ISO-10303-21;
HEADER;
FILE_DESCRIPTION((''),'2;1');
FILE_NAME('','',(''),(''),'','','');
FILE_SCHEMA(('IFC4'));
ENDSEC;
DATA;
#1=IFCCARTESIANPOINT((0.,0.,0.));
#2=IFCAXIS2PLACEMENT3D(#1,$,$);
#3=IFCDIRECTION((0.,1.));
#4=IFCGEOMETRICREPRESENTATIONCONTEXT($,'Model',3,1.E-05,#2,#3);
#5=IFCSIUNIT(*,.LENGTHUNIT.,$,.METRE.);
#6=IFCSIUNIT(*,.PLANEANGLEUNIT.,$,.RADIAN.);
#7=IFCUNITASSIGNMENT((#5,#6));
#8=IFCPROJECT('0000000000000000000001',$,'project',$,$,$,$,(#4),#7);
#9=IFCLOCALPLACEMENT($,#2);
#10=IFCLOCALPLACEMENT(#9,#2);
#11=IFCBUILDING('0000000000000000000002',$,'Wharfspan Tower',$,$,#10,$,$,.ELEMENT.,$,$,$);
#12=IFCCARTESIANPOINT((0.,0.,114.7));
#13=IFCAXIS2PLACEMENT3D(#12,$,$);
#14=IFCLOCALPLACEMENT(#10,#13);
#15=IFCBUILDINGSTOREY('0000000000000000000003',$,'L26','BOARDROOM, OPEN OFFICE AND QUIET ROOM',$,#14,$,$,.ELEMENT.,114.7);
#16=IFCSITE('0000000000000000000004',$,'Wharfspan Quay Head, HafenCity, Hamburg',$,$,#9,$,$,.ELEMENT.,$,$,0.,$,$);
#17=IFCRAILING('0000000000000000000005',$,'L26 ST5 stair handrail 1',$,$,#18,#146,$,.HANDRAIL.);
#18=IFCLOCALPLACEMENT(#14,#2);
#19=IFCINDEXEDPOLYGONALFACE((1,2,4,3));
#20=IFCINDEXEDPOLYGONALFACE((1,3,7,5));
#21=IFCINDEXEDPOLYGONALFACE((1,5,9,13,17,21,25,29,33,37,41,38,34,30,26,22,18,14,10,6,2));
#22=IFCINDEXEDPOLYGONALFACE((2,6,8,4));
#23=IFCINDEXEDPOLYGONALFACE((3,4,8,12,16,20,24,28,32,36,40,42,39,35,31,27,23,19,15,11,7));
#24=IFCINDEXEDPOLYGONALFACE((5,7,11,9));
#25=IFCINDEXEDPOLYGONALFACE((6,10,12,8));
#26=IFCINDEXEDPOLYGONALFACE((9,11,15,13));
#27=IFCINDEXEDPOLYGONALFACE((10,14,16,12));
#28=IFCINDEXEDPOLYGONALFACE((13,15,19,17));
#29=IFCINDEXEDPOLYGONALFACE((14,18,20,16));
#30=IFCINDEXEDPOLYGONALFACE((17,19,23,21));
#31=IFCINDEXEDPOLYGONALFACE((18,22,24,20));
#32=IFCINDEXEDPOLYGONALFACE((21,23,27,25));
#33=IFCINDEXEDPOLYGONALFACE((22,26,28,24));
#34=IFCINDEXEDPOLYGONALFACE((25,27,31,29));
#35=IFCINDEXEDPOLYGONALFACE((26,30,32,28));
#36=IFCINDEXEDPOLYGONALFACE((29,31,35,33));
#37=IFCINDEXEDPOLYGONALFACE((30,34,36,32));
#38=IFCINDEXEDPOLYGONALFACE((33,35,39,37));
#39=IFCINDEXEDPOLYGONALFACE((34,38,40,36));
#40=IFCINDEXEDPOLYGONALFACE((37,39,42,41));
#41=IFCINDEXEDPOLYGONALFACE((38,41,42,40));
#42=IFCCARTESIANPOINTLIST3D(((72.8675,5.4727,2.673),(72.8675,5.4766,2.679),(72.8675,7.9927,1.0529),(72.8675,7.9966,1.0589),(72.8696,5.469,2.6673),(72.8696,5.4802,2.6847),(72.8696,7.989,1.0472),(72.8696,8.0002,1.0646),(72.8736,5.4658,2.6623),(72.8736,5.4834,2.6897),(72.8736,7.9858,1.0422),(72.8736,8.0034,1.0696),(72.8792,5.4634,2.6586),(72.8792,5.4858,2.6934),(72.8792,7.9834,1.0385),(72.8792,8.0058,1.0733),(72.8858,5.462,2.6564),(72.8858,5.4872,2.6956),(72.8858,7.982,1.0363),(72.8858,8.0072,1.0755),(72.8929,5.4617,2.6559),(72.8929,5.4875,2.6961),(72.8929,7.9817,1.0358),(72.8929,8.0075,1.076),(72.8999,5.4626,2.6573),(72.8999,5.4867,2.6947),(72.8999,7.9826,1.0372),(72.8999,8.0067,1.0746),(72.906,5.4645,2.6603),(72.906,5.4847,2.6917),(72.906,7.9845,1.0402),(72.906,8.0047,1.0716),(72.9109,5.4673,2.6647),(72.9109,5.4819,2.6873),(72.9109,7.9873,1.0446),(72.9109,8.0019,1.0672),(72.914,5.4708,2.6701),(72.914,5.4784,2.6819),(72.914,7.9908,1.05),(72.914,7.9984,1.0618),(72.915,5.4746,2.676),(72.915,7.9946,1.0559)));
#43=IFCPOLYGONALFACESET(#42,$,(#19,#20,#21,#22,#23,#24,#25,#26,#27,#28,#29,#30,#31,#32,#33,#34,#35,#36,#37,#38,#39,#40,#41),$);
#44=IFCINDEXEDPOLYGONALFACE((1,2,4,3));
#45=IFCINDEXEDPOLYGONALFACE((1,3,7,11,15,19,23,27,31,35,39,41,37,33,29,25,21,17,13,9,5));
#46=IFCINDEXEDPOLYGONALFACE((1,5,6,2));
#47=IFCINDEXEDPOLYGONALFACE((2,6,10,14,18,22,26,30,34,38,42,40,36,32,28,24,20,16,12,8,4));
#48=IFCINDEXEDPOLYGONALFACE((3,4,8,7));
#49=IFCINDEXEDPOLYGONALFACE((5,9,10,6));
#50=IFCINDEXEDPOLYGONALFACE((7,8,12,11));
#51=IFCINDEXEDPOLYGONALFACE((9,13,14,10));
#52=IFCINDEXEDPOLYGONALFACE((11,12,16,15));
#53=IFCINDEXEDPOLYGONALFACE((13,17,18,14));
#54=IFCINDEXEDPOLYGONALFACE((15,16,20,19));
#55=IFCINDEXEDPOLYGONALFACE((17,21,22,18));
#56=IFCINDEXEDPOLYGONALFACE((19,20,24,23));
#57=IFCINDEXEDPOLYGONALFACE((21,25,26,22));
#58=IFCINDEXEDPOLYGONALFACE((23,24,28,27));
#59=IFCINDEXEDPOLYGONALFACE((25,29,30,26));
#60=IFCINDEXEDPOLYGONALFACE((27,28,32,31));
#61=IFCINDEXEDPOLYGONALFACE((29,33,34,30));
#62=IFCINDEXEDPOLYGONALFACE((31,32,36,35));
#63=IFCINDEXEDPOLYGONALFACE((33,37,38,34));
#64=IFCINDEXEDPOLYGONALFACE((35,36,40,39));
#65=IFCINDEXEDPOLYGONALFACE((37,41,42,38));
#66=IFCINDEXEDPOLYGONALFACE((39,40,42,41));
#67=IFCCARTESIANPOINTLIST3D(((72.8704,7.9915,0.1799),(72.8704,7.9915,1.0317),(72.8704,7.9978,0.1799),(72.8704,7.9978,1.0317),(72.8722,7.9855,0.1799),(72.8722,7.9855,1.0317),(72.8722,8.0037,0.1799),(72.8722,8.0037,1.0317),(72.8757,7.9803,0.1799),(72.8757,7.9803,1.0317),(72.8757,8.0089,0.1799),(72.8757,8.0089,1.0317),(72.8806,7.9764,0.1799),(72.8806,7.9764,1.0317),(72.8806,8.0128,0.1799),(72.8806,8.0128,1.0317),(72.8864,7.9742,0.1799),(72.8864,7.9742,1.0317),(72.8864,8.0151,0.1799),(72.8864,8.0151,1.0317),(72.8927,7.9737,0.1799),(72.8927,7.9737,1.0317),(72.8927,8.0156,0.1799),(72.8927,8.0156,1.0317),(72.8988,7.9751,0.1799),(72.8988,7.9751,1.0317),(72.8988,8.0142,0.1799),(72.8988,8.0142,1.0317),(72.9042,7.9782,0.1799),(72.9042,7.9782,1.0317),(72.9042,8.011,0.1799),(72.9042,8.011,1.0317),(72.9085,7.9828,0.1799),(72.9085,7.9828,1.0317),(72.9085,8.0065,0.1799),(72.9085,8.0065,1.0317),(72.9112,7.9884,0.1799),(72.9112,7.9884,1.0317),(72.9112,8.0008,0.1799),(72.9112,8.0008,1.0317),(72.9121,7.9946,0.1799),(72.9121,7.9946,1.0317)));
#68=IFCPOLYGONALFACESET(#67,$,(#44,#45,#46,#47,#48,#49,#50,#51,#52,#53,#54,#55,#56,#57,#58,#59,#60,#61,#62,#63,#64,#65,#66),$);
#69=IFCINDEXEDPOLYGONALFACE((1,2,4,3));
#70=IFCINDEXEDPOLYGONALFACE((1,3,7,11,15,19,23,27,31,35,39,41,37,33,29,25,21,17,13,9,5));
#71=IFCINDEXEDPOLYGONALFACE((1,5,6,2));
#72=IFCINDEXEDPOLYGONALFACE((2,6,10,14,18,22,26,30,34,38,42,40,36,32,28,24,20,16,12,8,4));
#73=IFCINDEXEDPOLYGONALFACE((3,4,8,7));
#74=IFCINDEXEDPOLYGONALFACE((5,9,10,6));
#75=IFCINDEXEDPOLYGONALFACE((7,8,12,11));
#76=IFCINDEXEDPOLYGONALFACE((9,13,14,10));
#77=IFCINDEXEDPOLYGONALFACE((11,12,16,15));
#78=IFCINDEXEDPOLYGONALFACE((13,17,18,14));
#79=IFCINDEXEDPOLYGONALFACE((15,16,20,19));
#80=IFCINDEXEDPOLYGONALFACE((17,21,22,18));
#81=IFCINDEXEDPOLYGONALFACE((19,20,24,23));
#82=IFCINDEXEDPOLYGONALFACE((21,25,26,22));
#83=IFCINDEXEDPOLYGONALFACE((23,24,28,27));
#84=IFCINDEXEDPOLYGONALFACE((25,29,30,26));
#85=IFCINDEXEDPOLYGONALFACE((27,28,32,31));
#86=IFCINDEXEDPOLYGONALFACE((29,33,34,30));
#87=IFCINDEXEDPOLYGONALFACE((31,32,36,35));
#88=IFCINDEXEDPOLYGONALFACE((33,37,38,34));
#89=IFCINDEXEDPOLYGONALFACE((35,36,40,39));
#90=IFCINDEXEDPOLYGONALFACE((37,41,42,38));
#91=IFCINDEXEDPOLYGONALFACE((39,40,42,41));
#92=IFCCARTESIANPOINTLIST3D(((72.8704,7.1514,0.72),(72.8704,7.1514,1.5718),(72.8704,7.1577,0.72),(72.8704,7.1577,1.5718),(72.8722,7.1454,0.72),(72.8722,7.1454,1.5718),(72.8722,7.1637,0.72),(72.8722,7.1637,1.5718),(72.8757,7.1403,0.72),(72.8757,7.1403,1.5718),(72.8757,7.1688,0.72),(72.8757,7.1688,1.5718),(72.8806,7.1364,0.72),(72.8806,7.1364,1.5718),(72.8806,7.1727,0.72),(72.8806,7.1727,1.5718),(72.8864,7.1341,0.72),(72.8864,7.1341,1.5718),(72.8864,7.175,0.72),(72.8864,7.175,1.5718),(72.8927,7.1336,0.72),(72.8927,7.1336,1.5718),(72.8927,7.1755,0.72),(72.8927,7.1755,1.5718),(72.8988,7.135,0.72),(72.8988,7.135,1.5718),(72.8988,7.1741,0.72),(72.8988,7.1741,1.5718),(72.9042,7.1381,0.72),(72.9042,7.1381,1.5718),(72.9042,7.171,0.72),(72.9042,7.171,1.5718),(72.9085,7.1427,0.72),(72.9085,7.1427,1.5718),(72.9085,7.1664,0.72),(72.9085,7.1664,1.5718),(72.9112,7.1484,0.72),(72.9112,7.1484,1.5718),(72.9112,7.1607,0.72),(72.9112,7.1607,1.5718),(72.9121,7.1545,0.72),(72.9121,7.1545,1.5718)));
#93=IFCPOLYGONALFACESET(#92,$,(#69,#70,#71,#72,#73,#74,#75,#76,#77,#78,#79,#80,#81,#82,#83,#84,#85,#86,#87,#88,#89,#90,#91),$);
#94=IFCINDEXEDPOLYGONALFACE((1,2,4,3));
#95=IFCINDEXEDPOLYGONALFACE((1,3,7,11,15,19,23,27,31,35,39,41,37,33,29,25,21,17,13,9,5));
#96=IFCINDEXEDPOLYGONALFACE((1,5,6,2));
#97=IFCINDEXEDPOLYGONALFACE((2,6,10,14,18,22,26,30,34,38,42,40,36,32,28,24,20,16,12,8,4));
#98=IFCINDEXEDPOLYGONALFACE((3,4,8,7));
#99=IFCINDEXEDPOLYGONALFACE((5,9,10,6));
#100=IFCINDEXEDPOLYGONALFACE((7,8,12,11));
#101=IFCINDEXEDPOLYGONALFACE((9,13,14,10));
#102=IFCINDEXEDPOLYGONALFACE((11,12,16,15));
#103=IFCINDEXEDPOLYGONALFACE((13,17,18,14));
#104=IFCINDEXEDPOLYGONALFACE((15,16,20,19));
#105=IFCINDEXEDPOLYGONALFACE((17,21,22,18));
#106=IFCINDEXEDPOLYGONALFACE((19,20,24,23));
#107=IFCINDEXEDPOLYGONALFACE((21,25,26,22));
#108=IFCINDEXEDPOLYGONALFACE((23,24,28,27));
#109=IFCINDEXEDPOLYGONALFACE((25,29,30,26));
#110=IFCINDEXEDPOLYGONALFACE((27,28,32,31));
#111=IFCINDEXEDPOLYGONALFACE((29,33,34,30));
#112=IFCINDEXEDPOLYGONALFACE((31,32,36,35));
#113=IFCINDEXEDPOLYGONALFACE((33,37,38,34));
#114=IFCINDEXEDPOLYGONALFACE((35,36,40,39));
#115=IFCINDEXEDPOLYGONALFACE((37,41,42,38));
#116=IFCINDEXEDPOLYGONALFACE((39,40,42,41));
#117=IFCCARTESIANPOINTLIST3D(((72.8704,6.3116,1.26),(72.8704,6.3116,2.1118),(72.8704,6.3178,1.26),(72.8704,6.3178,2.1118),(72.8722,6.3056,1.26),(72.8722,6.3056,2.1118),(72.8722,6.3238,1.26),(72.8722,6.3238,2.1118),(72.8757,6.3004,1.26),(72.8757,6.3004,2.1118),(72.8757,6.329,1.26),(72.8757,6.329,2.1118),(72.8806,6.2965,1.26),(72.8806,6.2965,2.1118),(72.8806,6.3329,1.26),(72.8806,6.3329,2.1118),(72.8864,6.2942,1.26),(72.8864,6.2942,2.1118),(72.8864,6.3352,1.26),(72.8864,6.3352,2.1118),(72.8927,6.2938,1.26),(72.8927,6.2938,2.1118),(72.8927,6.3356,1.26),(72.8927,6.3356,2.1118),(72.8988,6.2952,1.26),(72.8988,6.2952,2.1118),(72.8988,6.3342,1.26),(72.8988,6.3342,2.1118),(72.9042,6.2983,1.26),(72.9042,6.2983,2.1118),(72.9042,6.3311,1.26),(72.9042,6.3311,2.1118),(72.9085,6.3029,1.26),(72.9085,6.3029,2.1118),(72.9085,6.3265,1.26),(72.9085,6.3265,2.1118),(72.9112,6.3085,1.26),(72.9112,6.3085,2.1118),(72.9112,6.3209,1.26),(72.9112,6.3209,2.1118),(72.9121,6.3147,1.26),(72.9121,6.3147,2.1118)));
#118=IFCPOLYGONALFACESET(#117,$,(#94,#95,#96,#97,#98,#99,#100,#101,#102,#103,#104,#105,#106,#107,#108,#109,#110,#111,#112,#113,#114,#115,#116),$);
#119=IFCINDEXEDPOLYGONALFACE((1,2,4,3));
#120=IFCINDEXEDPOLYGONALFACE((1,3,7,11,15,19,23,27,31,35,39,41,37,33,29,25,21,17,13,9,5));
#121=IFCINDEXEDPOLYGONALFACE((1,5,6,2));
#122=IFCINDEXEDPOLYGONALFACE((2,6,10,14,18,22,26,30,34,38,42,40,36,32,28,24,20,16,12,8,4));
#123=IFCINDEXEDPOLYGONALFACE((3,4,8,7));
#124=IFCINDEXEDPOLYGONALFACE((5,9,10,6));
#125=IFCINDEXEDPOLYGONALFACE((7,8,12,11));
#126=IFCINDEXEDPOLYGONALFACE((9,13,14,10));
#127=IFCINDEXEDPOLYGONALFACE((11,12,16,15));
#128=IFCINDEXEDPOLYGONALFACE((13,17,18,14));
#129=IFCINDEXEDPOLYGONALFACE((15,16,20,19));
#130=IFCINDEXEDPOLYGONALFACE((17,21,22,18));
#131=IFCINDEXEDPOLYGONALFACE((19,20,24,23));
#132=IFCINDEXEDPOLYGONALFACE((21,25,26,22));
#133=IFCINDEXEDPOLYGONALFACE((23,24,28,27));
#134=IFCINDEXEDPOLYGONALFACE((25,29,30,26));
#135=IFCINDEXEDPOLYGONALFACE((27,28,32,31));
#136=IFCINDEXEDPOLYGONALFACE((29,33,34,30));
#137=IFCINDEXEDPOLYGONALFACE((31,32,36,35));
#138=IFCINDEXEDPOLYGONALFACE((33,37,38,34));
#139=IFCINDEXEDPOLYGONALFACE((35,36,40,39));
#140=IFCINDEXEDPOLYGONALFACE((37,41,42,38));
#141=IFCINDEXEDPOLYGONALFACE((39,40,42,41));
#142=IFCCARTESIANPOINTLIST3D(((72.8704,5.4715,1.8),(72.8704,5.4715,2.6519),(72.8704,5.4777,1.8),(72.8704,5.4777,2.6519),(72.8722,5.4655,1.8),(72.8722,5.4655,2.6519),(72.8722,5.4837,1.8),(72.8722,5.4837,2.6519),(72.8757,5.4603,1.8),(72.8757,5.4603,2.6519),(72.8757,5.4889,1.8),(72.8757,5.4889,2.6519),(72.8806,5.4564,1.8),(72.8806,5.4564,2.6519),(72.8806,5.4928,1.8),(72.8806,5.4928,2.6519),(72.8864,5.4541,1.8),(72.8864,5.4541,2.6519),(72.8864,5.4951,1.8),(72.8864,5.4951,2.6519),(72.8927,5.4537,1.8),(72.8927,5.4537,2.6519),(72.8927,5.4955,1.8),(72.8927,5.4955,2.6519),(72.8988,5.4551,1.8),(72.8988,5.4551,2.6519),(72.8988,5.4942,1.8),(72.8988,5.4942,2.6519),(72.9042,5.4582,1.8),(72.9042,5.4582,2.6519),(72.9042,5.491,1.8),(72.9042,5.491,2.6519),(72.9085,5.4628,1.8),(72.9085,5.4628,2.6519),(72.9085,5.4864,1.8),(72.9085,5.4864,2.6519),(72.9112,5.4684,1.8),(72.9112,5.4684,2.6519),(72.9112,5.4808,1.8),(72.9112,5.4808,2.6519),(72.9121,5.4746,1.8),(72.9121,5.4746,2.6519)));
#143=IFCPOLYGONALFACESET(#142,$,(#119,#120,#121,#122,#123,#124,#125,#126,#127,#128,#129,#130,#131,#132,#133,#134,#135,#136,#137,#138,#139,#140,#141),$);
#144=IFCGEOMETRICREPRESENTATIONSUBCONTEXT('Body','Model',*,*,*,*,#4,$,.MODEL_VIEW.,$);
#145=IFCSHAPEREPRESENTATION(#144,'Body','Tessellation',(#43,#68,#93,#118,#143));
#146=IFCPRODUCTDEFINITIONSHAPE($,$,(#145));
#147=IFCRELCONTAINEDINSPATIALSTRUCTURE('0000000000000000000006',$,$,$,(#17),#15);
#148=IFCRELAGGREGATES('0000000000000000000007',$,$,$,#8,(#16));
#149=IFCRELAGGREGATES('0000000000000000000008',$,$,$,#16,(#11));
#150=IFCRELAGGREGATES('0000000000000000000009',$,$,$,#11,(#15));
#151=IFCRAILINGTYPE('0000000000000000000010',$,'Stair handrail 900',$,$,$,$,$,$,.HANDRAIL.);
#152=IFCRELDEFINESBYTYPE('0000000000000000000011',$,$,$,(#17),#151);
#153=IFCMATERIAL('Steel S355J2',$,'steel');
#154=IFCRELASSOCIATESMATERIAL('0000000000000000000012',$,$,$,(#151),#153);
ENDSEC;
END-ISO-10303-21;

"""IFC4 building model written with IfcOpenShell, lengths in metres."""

from ifc_helpers import new_model, si_unit, direction, frame, origin, origin_2d, place, context, subcontext, project, spatial, circle, extrude, material, type_object, element, save


model = new_model("IFC4")

# Units and contexts
model_context = context("Model", 3, precision=1e-05, world=origin(), true_north=direction((0.0, 1.0)))
body_context = subcontext(model_context, "Body", "Model", "MODEL_VIEW")
ifc_project = project(units=[si_unit("LENGTHUNIT", "METRE"), si_unit("PLANEANGLEUNIT", "RADIAN")], contexts=[model_context])

# Site, building, storey
site_placement = place(None, origin())
site = spatial("IfcSite", under=ifc_project, at=site_placement, Name="Wharfspan Quay Head, HafenCity, Hamburg", CompositionType="ELEMENT", RefElevation=0.0)
building_placement = place(site_placement, origin())
building = spatial("IfcBuilding", under=site, at=building_placement, Name="Wharfspan Tower", CompositionType="ELEMENT")
storey_placement = place(building_placement, frame((0.0, 0.0, 114.7)))
storey = spatial("IfcBuildingStorey", under=building, at=storey_placement, Name="L26", Description="BOARDROOM, OPEN OFFICE AND QUIET ROOM", CompositionType="ELEMENT", Elevation=114.7)

# Shared definitions
ifc_material_1 = material(Name="Steel S355J2", Category="steel")

# Railing
railing_type_1 = type_object("IfcRailingType", Name="Stair handrail 900", PredefinedType="HANDRAIL", material=ifc_material_1)
railing_1_placement = place(storey_placement, frame((72.8911, 7.9946, 0.1799)))
element("IfcRailing", 1, at=railing_1_placement, inside=storey, type_object=railing_type_1, Name="L26 ST5 stair handrail 1", PredefinedType="HANDRAIL", context=body_context, shape_type="SweptSolid", body=[
    extrude(circle(Radius=0.0239, at=origin_2d()), frame((0.0, 0.0, 0.876), z_axis=(0.0, -0.841163, 0.540782), x_axis=(1.0, 0.0, 0.0)), (0.0, 0.0, 1.0), 2.9958),
    extrude(circle(Radius=0.021, at=origin_2d()), origin(), (0.0, 0.0, 1.0), 0.8518),
    extrude(circle(Radius=0.021, at=origin_2d()), frame((0.0, -0.8401, 0.54)), (0.0, 0.0, 1.0), 0.8518),
    extrude(circle(Radius=0.021, at=origin_2d()), frame((0.0, -1.6799, 1.0801)), (0.0, 0.0, 1.0), 0.8518),
    extrude(circle(Radius=0.021, at=origin_2d()), frame((0.0, -2.52, 1.6201)), (0.0, 0.0, 1.0), 0.8518),
])

save(model, "model.ifc")
